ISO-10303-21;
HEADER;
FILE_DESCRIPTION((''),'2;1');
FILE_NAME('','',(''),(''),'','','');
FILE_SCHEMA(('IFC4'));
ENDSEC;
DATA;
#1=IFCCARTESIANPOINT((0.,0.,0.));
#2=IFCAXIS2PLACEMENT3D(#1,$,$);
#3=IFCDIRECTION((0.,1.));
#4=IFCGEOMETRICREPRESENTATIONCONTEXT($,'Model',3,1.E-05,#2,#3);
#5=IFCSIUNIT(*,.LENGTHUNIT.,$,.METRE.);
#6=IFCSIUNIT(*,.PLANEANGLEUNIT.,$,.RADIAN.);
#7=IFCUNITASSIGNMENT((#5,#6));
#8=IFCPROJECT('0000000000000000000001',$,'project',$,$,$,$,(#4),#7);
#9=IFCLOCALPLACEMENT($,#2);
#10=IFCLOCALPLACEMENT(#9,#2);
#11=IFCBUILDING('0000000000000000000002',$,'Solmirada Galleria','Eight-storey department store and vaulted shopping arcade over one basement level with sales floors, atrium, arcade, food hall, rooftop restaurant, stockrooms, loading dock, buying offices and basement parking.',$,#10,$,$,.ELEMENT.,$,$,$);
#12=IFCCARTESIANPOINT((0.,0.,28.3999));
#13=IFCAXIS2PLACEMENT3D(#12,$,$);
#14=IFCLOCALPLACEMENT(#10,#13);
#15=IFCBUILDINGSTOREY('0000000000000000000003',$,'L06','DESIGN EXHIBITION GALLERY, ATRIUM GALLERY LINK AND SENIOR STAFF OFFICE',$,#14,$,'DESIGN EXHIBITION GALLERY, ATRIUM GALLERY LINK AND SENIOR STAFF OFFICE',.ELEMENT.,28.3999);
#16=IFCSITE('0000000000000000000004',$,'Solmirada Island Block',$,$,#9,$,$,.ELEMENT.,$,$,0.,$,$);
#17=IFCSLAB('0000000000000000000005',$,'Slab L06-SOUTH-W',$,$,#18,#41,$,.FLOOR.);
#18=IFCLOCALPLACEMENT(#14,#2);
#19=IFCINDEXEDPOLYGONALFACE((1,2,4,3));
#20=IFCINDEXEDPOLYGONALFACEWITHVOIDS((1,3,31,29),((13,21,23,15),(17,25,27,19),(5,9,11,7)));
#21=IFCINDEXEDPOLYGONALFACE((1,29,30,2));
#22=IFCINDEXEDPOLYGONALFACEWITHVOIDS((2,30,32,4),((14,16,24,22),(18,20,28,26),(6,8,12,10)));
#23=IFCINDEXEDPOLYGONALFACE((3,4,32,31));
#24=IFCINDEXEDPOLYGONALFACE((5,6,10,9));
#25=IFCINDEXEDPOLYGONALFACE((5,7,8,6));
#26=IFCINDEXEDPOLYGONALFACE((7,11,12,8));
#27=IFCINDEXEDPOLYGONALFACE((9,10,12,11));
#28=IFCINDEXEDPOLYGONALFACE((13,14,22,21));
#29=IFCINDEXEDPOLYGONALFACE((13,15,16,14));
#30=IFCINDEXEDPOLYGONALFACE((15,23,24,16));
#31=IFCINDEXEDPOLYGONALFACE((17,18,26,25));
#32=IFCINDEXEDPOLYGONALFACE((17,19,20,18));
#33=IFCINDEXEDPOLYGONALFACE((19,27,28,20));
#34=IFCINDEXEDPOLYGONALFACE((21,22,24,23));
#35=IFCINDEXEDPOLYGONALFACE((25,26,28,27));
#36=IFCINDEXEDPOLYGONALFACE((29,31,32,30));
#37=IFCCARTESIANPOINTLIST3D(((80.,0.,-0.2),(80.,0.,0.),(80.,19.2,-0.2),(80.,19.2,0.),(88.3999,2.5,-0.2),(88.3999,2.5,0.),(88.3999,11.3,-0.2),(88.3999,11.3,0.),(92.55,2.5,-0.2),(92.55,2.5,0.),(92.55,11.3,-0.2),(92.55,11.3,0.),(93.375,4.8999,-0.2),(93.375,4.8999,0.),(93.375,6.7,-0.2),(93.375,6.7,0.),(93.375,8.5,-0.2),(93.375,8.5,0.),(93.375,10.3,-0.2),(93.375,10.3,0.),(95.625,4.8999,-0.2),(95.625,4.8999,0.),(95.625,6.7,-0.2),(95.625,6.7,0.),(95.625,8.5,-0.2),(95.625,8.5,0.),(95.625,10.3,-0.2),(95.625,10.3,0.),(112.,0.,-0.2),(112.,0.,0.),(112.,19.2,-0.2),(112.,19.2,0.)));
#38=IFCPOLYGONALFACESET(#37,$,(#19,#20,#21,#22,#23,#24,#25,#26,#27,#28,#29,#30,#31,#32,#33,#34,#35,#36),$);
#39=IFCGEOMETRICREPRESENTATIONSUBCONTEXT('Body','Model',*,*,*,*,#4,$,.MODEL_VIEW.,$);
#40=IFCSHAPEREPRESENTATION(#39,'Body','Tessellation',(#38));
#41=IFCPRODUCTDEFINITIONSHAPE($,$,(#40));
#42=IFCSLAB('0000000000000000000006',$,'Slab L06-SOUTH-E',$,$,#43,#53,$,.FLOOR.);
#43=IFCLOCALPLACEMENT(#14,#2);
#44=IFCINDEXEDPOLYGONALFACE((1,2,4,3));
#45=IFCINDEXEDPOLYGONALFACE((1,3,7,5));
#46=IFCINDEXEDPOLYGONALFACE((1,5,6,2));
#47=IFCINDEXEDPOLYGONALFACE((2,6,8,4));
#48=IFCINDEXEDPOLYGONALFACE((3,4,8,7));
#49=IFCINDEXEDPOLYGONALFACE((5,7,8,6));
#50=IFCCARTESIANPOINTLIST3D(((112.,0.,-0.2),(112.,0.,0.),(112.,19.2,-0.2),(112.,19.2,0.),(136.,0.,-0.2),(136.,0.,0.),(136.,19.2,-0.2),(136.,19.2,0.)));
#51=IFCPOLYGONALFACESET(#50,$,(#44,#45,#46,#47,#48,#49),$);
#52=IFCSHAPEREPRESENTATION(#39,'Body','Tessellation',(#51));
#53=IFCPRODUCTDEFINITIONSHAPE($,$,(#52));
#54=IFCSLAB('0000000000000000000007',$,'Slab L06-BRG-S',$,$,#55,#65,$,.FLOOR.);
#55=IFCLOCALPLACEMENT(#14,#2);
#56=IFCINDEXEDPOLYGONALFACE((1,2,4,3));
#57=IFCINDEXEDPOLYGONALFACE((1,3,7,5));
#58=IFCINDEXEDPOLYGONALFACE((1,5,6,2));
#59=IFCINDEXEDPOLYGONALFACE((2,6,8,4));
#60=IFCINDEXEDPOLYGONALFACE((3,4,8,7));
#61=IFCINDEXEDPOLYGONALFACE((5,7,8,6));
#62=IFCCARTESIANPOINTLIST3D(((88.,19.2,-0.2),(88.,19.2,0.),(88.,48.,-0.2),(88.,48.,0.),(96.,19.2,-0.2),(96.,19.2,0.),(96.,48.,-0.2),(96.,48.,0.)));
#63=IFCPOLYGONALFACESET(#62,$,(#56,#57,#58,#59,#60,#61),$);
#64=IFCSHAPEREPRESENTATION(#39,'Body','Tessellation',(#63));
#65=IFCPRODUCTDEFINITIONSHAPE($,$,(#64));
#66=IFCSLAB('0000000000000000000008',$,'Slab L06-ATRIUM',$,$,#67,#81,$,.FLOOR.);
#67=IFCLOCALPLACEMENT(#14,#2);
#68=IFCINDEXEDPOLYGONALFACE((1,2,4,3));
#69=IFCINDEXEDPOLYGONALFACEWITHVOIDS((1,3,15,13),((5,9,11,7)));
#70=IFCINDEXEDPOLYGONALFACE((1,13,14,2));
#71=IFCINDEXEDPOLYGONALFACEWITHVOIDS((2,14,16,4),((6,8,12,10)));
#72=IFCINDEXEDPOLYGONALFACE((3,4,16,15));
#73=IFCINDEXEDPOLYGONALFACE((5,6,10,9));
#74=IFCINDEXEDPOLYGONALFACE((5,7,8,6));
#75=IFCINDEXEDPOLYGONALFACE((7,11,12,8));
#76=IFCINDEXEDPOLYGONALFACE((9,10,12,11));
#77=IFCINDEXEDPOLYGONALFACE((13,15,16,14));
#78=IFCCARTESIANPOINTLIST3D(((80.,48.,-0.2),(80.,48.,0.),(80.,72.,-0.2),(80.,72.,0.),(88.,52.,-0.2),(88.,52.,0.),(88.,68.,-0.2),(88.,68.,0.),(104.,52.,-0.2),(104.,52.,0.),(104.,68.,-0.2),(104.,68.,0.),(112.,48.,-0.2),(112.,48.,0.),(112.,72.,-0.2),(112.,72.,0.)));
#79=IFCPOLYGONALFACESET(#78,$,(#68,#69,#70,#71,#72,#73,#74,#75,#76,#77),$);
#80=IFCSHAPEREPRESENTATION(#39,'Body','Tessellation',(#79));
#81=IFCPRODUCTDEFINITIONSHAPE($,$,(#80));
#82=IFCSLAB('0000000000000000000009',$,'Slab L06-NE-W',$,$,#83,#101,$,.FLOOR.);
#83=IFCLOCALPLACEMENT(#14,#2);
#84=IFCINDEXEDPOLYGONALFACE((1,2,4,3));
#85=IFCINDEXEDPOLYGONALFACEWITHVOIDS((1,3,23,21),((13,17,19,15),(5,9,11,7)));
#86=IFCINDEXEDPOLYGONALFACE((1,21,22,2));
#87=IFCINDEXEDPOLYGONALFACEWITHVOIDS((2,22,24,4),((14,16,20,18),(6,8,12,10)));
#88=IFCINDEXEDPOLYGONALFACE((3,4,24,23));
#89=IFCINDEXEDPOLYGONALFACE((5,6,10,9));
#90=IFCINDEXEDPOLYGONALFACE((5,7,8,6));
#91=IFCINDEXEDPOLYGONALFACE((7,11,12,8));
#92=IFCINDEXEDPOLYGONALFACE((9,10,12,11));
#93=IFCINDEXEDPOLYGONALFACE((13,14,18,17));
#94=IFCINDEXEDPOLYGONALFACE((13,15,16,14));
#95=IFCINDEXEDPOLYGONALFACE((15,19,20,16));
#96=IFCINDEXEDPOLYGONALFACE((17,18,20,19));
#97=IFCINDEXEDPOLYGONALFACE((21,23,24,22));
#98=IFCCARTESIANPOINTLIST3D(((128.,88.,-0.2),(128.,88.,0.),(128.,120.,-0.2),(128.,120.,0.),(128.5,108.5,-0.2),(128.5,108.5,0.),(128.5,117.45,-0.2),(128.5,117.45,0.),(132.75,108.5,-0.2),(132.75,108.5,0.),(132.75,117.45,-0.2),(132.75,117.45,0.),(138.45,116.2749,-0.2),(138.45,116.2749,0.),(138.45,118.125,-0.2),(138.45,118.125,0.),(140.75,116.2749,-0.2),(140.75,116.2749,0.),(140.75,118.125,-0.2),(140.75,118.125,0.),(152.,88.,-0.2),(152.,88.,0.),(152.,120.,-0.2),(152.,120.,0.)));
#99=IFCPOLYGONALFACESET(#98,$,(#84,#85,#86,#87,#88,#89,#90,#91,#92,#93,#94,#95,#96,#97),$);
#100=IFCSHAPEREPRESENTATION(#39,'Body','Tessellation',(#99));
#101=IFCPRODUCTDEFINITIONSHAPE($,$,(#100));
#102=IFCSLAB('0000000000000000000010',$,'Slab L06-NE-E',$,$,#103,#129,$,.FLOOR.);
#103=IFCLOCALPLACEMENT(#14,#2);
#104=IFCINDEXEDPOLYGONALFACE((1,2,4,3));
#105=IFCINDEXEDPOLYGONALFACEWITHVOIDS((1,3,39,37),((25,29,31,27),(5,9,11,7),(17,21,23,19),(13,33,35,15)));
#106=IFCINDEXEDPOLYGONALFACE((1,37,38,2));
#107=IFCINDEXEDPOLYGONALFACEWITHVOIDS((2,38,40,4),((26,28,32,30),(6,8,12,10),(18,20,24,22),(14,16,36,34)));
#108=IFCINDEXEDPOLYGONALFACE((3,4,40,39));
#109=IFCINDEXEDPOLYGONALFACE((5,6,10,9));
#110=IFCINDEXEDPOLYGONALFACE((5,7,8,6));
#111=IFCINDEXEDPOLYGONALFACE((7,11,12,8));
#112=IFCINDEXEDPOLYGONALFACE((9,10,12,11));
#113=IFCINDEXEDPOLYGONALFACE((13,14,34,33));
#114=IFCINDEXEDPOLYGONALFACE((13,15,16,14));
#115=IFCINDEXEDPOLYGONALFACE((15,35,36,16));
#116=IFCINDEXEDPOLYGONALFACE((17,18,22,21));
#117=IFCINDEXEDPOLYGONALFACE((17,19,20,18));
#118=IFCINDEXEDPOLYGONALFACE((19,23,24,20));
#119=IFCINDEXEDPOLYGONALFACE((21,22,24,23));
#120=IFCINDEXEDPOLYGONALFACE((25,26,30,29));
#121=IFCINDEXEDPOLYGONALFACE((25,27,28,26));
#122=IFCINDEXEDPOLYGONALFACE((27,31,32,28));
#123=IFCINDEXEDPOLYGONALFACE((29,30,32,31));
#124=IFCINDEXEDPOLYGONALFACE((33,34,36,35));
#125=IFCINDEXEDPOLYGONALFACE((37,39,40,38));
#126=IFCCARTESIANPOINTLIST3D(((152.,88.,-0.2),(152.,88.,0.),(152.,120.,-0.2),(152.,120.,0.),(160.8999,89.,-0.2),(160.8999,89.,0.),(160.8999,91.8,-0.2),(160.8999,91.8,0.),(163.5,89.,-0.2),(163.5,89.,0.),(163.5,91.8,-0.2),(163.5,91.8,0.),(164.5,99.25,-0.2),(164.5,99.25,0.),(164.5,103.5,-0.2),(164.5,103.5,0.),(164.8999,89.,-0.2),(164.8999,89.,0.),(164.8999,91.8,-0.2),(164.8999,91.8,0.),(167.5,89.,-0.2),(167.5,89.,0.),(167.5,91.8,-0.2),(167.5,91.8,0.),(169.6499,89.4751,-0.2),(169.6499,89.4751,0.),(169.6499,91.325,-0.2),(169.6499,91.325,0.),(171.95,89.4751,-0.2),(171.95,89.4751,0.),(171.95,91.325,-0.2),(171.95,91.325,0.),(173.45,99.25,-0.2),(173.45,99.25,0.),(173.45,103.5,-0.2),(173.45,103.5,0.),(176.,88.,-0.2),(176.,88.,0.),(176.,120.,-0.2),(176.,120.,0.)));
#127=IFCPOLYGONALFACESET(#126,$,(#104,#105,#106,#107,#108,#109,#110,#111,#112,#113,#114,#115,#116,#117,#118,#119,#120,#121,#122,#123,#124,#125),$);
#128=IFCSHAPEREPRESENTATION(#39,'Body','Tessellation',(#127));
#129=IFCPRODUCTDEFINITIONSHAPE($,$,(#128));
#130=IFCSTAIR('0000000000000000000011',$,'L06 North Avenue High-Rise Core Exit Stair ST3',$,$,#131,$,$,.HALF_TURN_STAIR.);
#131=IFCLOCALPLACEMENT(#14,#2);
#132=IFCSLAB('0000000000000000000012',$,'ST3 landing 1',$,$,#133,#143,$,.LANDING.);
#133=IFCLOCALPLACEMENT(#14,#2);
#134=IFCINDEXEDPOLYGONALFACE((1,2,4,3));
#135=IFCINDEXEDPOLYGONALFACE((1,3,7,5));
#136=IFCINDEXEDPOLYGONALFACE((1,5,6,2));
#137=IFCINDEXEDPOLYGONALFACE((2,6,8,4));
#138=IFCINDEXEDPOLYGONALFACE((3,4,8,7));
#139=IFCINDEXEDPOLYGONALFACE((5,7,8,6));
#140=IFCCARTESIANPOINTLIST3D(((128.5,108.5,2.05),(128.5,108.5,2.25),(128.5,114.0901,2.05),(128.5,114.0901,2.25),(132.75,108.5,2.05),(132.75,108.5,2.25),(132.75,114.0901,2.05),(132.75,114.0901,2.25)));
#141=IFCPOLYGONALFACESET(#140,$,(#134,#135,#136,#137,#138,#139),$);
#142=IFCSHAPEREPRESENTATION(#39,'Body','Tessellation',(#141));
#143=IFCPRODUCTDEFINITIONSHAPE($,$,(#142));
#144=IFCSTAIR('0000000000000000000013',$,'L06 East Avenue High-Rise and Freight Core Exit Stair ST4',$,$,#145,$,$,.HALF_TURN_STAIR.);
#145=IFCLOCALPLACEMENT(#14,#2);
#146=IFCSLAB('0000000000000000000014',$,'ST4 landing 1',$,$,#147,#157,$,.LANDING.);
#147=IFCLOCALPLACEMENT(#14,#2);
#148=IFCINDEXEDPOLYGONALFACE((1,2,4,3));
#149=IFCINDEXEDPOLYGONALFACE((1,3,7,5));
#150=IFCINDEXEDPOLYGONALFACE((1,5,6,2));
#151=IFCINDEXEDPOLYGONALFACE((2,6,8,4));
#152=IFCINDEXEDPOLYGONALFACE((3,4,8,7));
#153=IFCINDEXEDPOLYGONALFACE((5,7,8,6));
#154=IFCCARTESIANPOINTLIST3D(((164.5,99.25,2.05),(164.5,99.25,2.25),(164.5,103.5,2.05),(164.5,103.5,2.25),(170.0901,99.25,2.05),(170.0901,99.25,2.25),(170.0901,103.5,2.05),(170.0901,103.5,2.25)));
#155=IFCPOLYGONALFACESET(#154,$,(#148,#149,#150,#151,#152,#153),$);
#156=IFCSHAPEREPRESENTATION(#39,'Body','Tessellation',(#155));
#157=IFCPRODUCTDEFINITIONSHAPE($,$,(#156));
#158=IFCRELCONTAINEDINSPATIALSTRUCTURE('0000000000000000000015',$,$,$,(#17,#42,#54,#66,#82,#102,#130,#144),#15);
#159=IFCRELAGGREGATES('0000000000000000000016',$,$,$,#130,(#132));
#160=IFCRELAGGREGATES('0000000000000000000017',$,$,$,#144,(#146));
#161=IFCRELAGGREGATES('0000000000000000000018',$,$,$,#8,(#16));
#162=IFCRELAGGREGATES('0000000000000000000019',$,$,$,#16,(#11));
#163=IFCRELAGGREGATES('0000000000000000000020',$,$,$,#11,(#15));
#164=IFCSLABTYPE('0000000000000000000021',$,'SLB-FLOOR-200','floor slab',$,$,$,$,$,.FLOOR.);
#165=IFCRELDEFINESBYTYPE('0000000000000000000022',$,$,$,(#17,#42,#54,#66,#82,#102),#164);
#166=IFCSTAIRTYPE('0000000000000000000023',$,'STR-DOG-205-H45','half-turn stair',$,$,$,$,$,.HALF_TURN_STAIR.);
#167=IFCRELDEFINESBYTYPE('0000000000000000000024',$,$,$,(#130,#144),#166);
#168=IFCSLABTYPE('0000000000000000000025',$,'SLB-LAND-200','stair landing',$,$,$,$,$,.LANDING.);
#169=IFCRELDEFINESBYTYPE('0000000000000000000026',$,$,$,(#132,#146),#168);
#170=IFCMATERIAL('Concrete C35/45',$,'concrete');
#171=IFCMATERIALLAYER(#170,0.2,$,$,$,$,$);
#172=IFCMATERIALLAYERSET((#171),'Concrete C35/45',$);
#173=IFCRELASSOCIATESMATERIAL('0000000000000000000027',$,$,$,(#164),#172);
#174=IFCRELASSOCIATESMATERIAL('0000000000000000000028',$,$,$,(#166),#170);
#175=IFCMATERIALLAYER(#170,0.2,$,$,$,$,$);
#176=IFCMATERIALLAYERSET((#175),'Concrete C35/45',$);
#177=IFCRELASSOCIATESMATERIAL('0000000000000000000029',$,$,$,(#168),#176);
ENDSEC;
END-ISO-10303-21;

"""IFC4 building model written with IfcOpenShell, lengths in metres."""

from ifc_helpers import new_model, si_unit, direction, frame, origin, place, context, subcontext, project, spatial, polyline, outline, extrude, material, layer, layer_set, type_object, element, aggregate, save


model = new_model("IFC4")

# Units and contexts
model_context = context("Model", 3, precision=1e-05, world=origin(), true_north=direction((0.0, 1.0)))
body_context = subcontext(model_context, "Body", "Model", "MODEL_VIEW")
ifc_project = project(units=[si_unit("LENGTHUNIT", "METRE"), si_unit("PLANEANGLEUNIT", "RADIAN")], contexts=[model_context])

# Site, building, storey
site_placement = place(None, origin())
site = spatial("IfcSite", under=ifc_project, at=site_placement, Name="Solmirada Island Block", CompositionType="ELEMENT", RefElevation=0.0)
building_placement = place(site_placement, origin())
building = spatial("IfcBuilding", under=site, at=building_placement, Name="Solmirada Galleria", Description="Eight-storey department store and vaulted shopping arcade over one basement level with sales floors, atrium, arcade, food hall, rooftop restaurant, stockrooms, loading dock, buying offices and basement parking.", CompositionType="ELEMENT")
storey_placement = place(building_placement, frame((0.0, 0.0, 28.3999)))
storey = spatial("IfcBuildingStorey", under=building, at=storey_placement, Name="L06", Description="DESIGN EXHIBITION GALLERY, ATRIUM GALLERY LINK AND SENIOR STAFF OFFICE", LongName="DESIGN EXHIBITION GALLERY, ATRIUM GALLERY LINK AND SENIOR STAFF OFFICE", CompositionType="ELEMENT", Elevation=28.3999)

# Slabs
ifc_material_1 = material(Name="Concrete C35/45", Category="concrete")
ifc_layer_1 = layer(ifc_material_1, 0.2)
ifc_layer_set_1 = layer_set([ifc_layer_1], Name="Concrete C35/45")
slab_type_1 = type_object("IfcSlabType", Name="SLB-FLOOR-200", Description="floor slab", PredefinedType="FLOOR", material=ifc_layer_set_1)
slab_1_placement = place(storey_placement, frame((0.0, 0.0, -0.2)))
element("IfcSlab", 1, at=slab_1_placement, inside=storey, type_object=slab_type_1, Name="Slab L06-SOUTH-W", PredefinedType="FLOOR", context=body_context, shape_type="SweptSolid", body=[
    extrude(outline(polyline([(80.0, 0.0), (112.0, 0.0), (112.0, 19.2), (80.0, 19.2), (80.0, 0.0)]), holes=[polyline([(88.3999, 2.5), (92.55, 2.5), (92.55, 11.3), (88.3999, 11.3), (88.3999, 2.5)]), polyline([(93.375, 4.8999), (95.625, 4.8999), (95.625, 6.7), (93.375, 6.7), (93.375, 4.8999)]), polyline([(93.375, 8.5), (95.625, 8.5), (95.625, 10.3), (93.375, 10.3), (93.375, 8.5)])]), origin(), (0.0, 0.0, 1.0), 0.2),
])
slab_2_placement = place(storey_placement, frame((0.0, 0.0, -0.2)))
element("IfcSlab", 2, at=slab_2_placement, inside=storey, type_object=slab_type_1, Name="Slab L06-SOUTH-E", PredefinedType="FLOOR", context=body_context, shape_type="SweptSolid", body=[
    extrude(outline(polyline([(112.0, 0.0), (136.0, 0.0), (136.0, 19.2), (112.0, 19.2), (112.0, 0.0)])), origin(), (0.0, 0.0, 1.0), 0.2),
])
slab_3_placement = place(storey_placement, frame((0.0, 0.0, -0.2)))
element("IfcSlab", 3, at=slab_3_placement, inside=storey, type_object=slab_type_1, Name="Slab L06-BRG-S", PredefinedType="FLOOR", context=body_context, shape_type="SweptSolid", body=[
    extrude(outline(polyline([(88.0, 19.2), (96.0, 19.2), (96.0, 48.0), (88.0, 48.0), (88.0, 19.2)])), origin(), (0.0, 0.0, 1.0), 0.2),
])
slab_4_placement = place(storey_placement, frame((0.0, 0.0, -0.2)))
element("IfcSlab", 4, at=slab_4_placement, inside=storey, type_object=slab_type_1, Name="Slab L06-ATRIUM", PredefinedType="FLOOR", context=body_context, shape_type="SweptSolid", body=[
    extrude(outline(polyline([(80.0, 48.0), (112.0, 48.0), (112.0, 72.0), (80.0, 72.0), (80.0, 48.0)]), holes=[polyline([(88.0, 52.0), (104.0, 52.0), (104.0, 68.0), (88.0, 68.0), (88.0, 52.0)])]), origin(), (0.0, 0.0, 1.0), 0.2),
])
slab_5_placement = place(storey_placement, frame((0.0, 0.0, -0.2)))
element("IfcSlab", 5, at=slab_5_placement, inside=storey, type_object=slab_type_1, Name="Slab L06-NE-W", PredefinedType="FLOOR", context=body_context, shape_type="SweptSolid", body=[
    extrude(outline(polyline([(128.0, 88.0), (152.0, 88.0), (152.0, 120.0), (128.0, 120.0), (128.0, 88.0)]), holes=[polyline([(128.5, 108.5), (132.75, 108.5), (132.75, 117.45), (128.5, 117.45), (128.5, 108.5)]), polyline([(138.45, 116.2749), (140.75, 116.2749), (140.75, 118.125), (138.45, 118.125), (138.45, 116.2749)])]), origin(), (0.0, 0.0, 1.0), 0.2),
])
slab_6_placement = place(storey_placement, frame((0.0, 0.0, -0.2)))
element("IfcSlab", 6, at=slab_6_placement, inside=storey, type_object=slab_type_1, Name="Slab L06-NE-E", PredefinedType="FLOOR", context=body_context, shape_type="SweptSolid", body=[
    extrude(outline(polyline([(152.0, 88.0), (176.0, 88.0), (176.0, 120.0), (152.0, 120.0), (152.0, 88.0)]), holes=[polyline([(164.5, 99.25), (173.45, 99.25), (173.45, 103.5), (164.5, 103.5), (164.5, 99.25)]), polyline([(169.6499, 89.4751), (171.95, 89.4751), (171.95, 91.325), (169.6499, 91.325), (169.6499, 89.4751)]), polyline([(164.8999, 89.0), (167.5, 89.0), (167.5, 91.8), (164.8999, 91.8), (164.8999, 89.0)]), polyline([(160.8999, 89.0), (163.5, 89.0), (163.5, 91.8), (160.8999, 91.8), (160.8999, 89.0)])]), origin(), (0.0, 0.0, 1.0), 0.2),
])

# Stairs, slabs
stair_type = type_object("IfcStairType", Name="STR-DOG-205-H45", Description="half-turn stair", PredefinedType="HALF_TURN_STAIR", material=ifc_material_1)
stair_1_placement = place(storey_placement, origin())
stair_1 = element("IfcStair", 7, at=stair_1_placement, inside=storey, type_object=stair_type, Name="L06 North Avenue High-Rise Core Exit Stair ST3", PredefinedType="HALF_TURN_STAIR")
ifc_layer_2 = layer(ifc_material_1, 0.2)
ifc_layer_set_2 = layer_set([ifc_layer_2], Name="Concrete C35/45")
slab_type_2 = type_object("IfcSlabType", Name="SLB-LAND-200", Description="stair landing", PredefinedType="LANDING", material=ifc_layer_set_2)
slab_7_placement = place(storey_placement, frame((0.0, 0.0, 2.05)))
slab_7 = element("IfcSlab", 8, at=slab_7_placement, type_object=slab_type_2, Name="ST3 landing 1", PredefinedType="LANDING", context=body_context, shape_type="SweptSolid", body=[
    extrude(outline(polyline([(128.5, 114.0901), (128.5, 108.5), (132.75, 108.5), (132.75, 114.0901), (128.5, 114.0901)])), origin(), (0.0, 0.0, 1.0), 0.2),
])
aggregate(stair_1, [slab_7])
stair_2_placement = place(storey_placement, origin())
stair_2 = element("IfcStair", 9, at=stair_2_placement, inside=storey, type_object=stair_type, Name="L06 East Avenue High-Rise and Freight Core Exit Stair ST4", PredefinedType="HALF_TURN_STAIR")
slab_8_placement = place(storey_placement, frame((0.0, 0.0, 2.05)))
slab_8 = element("IfcSlab", 10, at=slab_8_placement, type_object=slab_type_2, Name="ST4 landing 1", PredefinedType="LANDING", context=body_context, shape_type="SweptSolid", body=[
    extrude(outline(polyline([(170.0901, 103.5), (164.5, 103.5), (164.5, 99.25), (170.0901, 99.25), (170.0901, 103.5)])), origin(), (0.0, 0.0, 1.0), 0.2),
])
aggregate(stair_2, [slab_8])

save(model, "model.ifc")
